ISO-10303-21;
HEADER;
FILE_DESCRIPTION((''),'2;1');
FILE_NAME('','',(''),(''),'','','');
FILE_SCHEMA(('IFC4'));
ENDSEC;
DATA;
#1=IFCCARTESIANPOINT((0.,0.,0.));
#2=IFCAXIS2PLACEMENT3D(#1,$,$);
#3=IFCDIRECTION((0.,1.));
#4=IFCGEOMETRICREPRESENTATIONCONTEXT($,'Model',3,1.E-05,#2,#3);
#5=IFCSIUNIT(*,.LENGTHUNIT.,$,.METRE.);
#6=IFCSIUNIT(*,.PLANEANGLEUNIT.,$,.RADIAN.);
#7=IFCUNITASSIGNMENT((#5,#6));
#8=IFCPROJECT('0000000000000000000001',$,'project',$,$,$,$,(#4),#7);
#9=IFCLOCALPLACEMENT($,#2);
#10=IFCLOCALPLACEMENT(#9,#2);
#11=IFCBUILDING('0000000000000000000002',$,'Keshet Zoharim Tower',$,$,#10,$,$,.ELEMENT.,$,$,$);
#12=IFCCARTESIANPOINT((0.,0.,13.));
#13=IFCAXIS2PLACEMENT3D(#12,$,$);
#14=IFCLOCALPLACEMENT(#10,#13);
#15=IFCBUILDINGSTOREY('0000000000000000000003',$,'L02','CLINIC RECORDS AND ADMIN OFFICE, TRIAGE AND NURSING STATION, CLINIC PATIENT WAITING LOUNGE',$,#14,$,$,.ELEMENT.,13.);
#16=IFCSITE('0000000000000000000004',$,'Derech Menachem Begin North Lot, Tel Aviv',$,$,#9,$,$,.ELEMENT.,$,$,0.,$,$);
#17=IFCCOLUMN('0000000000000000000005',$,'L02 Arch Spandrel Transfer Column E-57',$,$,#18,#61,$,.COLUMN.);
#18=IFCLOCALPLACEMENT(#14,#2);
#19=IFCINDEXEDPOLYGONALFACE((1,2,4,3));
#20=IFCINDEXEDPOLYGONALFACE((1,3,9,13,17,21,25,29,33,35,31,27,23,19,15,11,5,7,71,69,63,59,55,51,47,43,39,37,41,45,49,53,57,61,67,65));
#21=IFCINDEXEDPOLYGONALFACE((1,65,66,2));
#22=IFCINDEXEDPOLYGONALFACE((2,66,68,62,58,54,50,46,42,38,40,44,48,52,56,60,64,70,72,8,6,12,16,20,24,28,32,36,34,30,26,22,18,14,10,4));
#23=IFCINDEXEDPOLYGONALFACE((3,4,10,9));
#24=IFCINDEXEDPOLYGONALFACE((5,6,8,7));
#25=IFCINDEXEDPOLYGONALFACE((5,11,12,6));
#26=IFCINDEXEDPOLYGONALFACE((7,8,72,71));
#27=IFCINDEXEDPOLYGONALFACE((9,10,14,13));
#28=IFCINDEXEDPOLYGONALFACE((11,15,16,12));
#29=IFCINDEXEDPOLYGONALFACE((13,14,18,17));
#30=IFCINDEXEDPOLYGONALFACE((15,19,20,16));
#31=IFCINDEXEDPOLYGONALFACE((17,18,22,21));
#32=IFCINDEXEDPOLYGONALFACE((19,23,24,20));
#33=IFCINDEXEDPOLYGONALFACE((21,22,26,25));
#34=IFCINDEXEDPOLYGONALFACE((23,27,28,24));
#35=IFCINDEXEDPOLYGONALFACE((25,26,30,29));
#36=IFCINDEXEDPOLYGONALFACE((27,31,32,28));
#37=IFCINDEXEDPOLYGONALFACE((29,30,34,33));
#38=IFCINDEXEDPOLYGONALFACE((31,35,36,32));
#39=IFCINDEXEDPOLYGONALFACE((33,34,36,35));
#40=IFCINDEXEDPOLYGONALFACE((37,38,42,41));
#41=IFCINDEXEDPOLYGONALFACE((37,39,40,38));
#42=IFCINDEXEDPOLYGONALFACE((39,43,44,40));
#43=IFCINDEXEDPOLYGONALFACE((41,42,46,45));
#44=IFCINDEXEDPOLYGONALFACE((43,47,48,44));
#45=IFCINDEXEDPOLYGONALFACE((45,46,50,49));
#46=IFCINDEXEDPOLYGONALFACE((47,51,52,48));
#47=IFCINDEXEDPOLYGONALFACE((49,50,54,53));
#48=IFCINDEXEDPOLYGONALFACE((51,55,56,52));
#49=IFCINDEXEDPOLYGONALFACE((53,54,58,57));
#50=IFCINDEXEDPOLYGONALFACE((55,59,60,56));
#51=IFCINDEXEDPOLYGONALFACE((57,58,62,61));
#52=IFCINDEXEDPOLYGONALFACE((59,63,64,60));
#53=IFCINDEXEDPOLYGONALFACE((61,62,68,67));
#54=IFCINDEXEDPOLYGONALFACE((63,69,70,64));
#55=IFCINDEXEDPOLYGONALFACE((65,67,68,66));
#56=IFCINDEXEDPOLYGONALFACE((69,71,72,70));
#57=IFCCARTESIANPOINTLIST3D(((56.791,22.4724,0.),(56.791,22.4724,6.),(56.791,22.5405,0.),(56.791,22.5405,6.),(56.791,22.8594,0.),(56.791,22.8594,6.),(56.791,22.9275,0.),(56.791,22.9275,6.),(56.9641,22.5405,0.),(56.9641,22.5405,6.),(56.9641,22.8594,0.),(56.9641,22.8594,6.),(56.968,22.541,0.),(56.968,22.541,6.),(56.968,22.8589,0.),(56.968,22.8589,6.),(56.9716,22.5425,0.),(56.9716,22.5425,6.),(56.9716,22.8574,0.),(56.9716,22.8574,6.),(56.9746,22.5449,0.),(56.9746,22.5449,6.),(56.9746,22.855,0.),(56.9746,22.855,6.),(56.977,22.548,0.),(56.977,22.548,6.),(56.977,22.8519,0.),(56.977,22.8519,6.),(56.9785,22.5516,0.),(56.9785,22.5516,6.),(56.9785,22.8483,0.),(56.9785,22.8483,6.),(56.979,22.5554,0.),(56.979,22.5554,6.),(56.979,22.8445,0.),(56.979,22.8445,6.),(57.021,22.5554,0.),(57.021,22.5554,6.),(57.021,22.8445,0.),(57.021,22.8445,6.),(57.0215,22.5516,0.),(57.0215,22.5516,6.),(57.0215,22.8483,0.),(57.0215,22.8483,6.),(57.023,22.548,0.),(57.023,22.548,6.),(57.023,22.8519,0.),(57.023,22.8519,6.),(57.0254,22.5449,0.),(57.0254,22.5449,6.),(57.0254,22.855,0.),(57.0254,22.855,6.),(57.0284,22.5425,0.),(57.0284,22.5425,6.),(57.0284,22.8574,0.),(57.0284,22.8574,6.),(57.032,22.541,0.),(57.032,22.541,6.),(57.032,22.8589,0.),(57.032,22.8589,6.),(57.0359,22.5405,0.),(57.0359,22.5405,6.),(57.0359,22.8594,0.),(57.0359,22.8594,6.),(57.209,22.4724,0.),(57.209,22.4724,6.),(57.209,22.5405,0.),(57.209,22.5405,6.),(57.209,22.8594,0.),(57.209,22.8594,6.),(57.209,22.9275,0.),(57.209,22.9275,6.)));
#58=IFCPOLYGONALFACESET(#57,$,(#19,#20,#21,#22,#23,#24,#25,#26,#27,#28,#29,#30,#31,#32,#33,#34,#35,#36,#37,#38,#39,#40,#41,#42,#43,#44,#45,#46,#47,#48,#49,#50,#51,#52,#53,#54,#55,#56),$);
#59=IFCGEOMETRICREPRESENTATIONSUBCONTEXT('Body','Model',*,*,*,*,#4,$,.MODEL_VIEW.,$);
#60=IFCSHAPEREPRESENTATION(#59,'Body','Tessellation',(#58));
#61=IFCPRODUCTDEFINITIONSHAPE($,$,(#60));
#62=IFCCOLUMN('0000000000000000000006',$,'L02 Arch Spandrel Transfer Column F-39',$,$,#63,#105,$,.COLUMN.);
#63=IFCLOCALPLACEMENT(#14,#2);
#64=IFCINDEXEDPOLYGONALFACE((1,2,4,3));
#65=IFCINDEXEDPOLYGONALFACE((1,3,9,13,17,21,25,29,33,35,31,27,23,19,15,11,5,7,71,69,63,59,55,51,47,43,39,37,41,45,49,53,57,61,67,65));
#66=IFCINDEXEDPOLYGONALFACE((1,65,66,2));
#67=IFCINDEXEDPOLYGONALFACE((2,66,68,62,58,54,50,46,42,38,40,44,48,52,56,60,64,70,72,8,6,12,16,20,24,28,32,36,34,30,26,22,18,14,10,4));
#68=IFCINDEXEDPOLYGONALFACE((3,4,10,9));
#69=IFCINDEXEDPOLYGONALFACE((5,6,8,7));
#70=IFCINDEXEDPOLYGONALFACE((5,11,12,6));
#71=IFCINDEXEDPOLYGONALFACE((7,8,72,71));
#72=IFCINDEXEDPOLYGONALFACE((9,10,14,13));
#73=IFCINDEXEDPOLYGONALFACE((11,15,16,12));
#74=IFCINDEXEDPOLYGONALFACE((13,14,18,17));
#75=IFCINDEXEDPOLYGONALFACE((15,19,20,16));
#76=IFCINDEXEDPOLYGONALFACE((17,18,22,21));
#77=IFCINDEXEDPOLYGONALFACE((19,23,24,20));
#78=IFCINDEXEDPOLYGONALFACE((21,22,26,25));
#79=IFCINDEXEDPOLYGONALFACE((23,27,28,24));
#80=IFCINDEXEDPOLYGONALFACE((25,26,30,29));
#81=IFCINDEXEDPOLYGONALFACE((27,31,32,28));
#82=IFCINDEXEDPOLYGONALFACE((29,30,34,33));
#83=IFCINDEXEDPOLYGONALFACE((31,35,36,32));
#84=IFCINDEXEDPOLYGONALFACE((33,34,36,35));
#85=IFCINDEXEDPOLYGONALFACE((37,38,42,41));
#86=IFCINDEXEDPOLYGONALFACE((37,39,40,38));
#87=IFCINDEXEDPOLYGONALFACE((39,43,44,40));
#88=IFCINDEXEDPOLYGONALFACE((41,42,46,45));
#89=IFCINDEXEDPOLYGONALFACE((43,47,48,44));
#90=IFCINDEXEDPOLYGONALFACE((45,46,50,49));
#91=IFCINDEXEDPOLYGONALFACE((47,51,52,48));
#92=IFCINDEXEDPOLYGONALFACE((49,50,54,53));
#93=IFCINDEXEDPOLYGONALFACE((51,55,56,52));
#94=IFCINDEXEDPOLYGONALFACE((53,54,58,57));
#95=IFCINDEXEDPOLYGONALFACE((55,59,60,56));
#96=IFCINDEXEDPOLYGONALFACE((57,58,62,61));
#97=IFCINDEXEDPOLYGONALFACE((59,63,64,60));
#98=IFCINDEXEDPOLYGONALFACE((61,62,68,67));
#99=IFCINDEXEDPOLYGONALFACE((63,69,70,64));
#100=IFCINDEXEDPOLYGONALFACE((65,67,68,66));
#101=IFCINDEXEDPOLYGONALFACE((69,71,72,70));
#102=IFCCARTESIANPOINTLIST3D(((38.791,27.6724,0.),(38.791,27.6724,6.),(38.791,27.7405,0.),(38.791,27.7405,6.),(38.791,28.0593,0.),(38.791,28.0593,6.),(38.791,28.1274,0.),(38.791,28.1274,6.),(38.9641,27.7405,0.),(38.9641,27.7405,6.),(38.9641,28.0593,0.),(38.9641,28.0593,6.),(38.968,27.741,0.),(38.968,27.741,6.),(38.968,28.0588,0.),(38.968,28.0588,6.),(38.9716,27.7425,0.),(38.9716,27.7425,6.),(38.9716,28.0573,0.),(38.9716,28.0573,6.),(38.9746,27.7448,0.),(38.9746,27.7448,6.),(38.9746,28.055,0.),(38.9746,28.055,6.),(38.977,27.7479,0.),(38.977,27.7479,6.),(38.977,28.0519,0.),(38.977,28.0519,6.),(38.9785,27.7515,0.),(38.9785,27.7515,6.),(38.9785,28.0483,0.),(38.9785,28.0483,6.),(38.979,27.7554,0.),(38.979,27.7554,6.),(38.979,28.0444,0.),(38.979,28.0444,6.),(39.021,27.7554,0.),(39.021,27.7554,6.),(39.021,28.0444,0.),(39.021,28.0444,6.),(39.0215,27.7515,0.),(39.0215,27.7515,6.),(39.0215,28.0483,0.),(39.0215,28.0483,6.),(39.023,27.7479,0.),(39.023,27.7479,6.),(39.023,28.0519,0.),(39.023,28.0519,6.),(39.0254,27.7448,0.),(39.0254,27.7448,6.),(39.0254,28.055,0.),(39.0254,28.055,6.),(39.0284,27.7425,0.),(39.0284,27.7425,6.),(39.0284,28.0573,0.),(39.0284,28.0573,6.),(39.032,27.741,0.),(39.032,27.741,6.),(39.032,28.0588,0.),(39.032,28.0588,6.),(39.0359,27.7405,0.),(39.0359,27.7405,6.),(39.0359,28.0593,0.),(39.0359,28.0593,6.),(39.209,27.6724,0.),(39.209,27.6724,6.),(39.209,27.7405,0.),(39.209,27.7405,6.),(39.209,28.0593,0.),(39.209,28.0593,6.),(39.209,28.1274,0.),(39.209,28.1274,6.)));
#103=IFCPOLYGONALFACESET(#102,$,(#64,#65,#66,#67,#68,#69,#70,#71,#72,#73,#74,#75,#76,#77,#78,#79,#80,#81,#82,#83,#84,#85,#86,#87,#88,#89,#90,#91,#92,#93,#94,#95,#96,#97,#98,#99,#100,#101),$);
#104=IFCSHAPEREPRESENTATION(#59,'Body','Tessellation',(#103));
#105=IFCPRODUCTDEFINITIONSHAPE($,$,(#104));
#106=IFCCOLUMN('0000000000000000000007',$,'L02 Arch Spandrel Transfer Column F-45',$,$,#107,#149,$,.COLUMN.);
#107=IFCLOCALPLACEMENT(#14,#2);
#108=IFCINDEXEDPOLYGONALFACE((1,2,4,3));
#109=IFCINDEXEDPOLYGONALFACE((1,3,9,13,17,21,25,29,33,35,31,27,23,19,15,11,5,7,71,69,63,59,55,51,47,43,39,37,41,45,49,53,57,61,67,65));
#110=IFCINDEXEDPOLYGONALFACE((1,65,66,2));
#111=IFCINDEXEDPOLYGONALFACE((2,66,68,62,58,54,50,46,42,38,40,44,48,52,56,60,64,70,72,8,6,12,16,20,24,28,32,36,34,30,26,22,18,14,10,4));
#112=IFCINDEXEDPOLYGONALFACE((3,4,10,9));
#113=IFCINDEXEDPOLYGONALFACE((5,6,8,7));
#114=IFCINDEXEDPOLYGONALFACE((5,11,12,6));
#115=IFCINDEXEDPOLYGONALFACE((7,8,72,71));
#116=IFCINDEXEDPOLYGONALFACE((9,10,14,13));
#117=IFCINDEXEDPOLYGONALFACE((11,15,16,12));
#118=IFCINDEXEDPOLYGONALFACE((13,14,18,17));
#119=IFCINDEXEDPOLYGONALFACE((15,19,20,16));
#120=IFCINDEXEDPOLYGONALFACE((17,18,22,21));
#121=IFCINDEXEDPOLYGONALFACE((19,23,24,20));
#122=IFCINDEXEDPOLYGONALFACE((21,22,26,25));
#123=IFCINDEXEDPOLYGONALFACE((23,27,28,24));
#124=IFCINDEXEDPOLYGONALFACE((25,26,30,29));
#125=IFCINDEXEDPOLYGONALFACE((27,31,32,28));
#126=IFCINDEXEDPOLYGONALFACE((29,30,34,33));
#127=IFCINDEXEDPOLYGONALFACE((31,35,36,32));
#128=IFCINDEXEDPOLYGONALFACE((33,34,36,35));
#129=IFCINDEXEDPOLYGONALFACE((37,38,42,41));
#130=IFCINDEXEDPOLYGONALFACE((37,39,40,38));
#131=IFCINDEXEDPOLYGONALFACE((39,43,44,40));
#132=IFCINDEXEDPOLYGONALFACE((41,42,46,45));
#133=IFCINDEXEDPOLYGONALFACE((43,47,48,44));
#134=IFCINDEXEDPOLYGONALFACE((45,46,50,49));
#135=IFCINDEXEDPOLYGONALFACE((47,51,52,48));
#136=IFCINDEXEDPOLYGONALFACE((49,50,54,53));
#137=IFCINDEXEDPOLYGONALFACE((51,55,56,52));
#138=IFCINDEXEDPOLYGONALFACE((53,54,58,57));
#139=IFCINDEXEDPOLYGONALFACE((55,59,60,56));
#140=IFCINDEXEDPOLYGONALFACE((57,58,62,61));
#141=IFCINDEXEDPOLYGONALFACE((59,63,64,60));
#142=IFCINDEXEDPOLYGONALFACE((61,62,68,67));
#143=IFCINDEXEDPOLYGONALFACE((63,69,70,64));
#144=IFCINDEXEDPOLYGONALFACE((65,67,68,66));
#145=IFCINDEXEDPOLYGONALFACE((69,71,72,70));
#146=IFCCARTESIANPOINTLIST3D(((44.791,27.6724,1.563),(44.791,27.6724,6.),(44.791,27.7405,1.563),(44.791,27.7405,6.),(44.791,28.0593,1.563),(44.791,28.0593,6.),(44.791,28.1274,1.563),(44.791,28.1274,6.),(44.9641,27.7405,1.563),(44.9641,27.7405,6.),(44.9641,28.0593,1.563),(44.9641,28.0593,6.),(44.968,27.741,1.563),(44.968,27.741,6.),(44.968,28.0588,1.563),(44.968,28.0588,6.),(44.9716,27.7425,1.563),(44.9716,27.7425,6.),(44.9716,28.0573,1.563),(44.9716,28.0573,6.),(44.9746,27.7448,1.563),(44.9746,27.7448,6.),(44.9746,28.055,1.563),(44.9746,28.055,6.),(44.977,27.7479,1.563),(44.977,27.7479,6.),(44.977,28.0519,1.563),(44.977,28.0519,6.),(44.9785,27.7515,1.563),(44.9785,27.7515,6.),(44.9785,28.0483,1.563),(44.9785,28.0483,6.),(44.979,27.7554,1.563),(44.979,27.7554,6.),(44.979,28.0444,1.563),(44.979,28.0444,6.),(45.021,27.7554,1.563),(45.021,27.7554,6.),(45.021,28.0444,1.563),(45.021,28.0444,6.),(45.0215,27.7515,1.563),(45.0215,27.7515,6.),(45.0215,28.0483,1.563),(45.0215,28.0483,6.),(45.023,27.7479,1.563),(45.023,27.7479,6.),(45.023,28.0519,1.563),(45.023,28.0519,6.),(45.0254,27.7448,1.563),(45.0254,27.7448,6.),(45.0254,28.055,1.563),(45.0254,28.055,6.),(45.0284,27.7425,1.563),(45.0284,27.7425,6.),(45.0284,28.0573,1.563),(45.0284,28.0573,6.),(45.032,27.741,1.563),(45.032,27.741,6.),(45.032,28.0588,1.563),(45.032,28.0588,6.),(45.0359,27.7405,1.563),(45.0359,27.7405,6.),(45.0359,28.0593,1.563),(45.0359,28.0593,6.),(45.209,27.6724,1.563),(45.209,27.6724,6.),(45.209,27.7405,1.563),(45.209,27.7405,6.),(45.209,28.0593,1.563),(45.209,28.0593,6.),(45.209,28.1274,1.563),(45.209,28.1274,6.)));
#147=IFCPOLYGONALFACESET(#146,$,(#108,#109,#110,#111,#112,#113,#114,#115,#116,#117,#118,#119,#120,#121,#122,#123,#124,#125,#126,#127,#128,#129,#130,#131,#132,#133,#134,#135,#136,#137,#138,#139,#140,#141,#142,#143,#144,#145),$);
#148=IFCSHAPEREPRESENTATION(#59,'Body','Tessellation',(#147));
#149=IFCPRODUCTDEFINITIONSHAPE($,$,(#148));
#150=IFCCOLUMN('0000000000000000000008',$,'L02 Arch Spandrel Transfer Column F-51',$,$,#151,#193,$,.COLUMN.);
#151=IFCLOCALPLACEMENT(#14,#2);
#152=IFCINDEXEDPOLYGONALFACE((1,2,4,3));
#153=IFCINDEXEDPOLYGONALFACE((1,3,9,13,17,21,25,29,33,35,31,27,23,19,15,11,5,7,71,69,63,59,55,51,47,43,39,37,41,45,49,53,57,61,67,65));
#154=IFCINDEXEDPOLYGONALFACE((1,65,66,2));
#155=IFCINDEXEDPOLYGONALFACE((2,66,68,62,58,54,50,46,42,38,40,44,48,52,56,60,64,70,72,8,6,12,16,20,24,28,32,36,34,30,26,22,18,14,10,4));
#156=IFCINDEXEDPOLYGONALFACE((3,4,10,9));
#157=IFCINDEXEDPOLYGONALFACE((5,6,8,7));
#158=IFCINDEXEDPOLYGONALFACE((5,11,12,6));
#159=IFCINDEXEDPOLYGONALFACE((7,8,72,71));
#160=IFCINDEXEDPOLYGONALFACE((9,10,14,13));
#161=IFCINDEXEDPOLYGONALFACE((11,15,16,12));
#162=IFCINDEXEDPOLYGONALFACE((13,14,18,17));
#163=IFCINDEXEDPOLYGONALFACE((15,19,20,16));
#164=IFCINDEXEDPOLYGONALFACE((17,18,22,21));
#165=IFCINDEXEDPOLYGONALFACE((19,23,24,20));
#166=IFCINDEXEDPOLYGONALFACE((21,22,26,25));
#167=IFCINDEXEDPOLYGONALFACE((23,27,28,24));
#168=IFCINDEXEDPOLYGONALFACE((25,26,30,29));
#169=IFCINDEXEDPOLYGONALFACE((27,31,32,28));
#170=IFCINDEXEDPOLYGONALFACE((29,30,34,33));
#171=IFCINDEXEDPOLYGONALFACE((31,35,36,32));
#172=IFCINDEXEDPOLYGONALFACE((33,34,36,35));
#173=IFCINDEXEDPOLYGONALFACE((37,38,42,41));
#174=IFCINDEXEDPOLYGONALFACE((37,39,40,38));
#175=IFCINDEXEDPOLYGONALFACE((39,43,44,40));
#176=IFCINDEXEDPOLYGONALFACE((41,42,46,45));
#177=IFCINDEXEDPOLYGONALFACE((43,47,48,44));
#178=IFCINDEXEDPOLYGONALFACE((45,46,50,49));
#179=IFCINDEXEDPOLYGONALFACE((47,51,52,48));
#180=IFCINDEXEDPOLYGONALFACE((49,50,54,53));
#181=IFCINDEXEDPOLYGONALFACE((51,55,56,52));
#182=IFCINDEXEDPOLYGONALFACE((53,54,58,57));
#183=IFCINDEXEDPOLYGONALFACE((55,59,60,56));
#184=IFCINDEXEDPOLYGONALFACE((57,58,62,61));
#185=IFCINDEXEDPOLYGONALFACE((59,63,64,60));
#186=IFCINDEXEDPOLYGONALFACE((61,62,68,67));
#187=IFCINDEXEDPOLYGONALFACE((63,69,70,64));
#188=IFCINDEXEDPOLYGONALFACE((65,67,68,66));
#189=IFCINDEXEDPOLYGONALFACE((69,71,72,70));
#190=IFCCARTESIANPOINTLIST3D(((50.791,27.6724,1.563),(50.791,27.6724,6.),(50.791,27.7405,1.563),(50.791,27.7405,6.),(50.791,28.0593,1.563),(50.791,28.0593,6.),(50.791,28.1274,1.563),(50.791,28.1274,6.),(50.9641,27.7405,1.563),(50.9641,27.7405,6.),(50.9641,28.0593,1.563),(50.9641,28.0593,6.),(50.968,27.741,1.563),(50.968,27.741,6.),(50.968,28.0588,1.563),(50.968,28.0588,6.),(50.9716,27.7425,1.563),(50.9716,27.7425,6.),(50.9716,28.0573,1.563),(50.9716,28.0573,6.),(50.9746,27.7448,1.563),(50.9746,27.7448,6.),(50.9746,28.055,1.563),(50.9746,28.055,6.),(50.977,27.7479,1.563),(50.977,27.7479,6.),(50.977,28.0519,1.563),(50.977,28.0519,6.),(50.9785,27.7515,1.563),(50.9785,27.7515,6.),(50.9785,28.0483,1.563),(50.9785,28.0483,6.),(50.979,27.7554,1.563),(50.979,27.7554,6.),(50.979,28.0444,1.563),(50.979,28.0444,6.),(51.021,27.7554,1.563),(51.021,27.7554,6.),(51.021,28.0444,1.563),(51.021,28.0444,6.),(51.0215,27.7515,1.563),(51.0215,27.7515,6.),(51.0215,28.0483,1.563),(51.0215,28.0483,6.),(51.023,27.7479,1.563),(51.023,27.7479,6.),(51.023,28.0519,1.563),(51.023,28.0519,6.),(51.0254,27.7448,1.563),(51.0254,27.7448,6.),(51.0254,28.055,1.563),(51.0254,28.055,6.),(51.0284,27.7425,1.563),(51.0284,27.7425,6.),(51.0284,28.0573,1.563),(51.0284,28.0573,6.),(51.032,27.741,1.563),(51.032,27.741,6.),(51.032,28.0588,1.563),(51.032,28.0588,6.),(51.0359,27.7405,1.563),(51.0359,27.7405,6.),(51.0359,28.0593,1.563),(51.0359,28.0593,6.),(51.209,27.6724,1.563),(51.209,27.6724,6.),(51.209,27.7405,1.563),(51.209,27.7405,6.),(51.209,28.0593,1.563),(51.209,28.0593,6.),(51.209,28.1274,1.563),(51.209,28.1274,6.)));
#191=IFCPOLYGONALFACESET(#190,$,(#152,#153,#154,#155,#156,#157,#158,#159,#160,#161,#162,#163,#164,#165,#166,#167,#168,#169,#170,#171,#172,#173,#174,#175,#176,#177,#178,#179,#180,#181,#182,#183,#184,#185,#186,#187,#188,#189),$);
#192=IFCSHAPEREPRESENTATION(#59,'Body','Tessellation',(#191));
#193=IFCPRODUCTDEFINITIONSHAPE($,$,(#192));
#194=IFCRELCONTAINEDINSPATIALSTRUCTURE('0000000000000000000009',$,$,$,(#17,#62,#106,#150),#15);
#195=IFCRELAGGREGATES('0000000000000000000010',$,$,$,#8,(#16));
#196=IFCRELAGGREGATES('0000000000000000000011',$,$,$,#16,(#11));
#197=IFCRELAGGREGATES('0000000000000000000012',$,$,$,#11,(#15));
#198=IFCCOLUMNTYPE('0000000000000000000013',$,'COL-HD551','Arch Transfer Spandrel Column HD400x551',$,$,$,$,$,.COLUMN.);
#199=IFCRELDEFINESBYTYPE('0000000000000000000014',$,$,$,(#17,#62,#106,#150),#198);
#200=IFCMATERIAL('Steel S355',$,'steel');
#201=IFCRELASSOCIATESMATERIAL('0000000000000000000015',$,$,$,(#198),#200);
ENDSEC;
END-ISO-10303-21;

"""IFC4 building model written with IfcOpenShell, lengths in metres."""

from ifc_helpers import new_model, si_unit, direction, frame, origin, origin_2d, place, context, subcontext, project, spatial, i_section, extrude, material, material_profile, profile_set, type_object, element, save


model = new_model("IFC4")

# Units and contexts
model_context = context("Model", 3, precision=1e-05, world=origin(), true_north=direction((0.0, 1.0)))
body_context = subcontext(model_context, "Body", "Model", "MODEL_VIEW")
ifc_project = project(units=[si_unit("LENGTHUNIT", "METRE"), si_unit("PLANEANGLEUNIT", "RADIAN")], contexts=[model_context])

# Site, building, storey
site_placement = place(None, origin())
site = spatial("IfcSite", under=ifc_project, at=site_placement, Name="Derech Menachem Begin North Lot, Tel Aviv", CompositionType="ELEMENT", RefElevation=0.0)
building_placement = place(site_placement, origin())
building = spatial("IfcBuilding", under=site, at=building_placement, Name="Keshet Zoharim Tower", CompositionType="ELEMENT")
storey_placement = place(building_placement, frame((0.0, 0.0, 13.0)))
storey = spatial("IfcBuildingStorey", under=building, at=storey_placement, Name="L02", Description="CLINIC RECORDS AND ADMIN OFFICE, TRIAGE AND NURSING STATION, CLINIC PATIENT WAITING LOUNGE", CompositionType="ELEMENT", Elevation=13.0)

# Columns
ifc_material_1 = material(Name="Steel S355", Category="steel")
ifc_material_profile_1 = material_profile(ifc_material_1, i_section(OverallWidth=0.418, OverallDepth=0.4551, WebThickness=0.042, FlangeThickness=0.0681, FilletRadius=0.0149, at=origin_2d()), Name="HD400x551")
ifc_profile_set_1 = profile_set([ifc_material_profile_1], Name="Steel S355")
column_type = type_object("IfcColumnType", Name="COL-HD551", Description="Arch Transfer Spandrel Column HD400x551", PredefinedType="COLUMN", material=ifc_profile_set_1)
for number, where, z_axis, x_axis, name in (
    (1, (57.0, 22.7, 0.0), (0.0, 0.0, 1.0), (1.0, 0.0, 0.0), "L02 Arch Spandrel Transfer Column E-57"),
    (2, (39.0, 27.8999, 0.0), (0.0, 0.0, 1.0), (1.0, 0.0, 0.0), "L02 Arch Spandrel Transfer Column F-39"),
):
    element("IfcColumn", number, at=place(storey_placement, frame(where, z_axis=z_axis, x_axis=x_axis)), inside=storey, type_object=column_type, Name=name, PredefinedType="COLUMN", context=body_context, shape_type="SweptSolid", body=[
        extrude(i_section(OverallWidth=0.418, OverallDepth=0.4551, WebThickness=0.042, FlangeThickness=0.0681, FilletRadius=0.0149, at=origin_2d()), origin(), (0.0, 0.0, 1.0), 6.0),
    ])
for number, where, z_axis, x_axis, name in (
    (3, (45.0, 27.8999, 1.563), (0.0, 0.0, 1.0), (1.0, 0.0, 0.0), "L02 Arch Spandrel Transfer Column F-45"),
    (4, (51.0, 27.8999, 1.563), (0.0, 0.0, 1.0), (1.0, 0.0, 0.0), "L02 Arch Spandrel Transfer Column F-51"),
):
    element("IfcColumn", number, at=place(storey_placement, frame(where, z_axis=z_axis, x_axis=x_axis)), inside=storey, type_object=column_type, Name=name, PredefinedType="COLUMN", context=body_context, shape_type="SweptSolid", body=[
        extrude(i_section(OverallWidth=0.418, OverallDepth=0.4551, WebThickness=0.042, FlangeThickness=0.0681, FilletRadius=0.0149, at=origin_2d()), origin(), (0.0, 0.0, 1.0), 4.437),
    ])

save(model, "model.ifc")
